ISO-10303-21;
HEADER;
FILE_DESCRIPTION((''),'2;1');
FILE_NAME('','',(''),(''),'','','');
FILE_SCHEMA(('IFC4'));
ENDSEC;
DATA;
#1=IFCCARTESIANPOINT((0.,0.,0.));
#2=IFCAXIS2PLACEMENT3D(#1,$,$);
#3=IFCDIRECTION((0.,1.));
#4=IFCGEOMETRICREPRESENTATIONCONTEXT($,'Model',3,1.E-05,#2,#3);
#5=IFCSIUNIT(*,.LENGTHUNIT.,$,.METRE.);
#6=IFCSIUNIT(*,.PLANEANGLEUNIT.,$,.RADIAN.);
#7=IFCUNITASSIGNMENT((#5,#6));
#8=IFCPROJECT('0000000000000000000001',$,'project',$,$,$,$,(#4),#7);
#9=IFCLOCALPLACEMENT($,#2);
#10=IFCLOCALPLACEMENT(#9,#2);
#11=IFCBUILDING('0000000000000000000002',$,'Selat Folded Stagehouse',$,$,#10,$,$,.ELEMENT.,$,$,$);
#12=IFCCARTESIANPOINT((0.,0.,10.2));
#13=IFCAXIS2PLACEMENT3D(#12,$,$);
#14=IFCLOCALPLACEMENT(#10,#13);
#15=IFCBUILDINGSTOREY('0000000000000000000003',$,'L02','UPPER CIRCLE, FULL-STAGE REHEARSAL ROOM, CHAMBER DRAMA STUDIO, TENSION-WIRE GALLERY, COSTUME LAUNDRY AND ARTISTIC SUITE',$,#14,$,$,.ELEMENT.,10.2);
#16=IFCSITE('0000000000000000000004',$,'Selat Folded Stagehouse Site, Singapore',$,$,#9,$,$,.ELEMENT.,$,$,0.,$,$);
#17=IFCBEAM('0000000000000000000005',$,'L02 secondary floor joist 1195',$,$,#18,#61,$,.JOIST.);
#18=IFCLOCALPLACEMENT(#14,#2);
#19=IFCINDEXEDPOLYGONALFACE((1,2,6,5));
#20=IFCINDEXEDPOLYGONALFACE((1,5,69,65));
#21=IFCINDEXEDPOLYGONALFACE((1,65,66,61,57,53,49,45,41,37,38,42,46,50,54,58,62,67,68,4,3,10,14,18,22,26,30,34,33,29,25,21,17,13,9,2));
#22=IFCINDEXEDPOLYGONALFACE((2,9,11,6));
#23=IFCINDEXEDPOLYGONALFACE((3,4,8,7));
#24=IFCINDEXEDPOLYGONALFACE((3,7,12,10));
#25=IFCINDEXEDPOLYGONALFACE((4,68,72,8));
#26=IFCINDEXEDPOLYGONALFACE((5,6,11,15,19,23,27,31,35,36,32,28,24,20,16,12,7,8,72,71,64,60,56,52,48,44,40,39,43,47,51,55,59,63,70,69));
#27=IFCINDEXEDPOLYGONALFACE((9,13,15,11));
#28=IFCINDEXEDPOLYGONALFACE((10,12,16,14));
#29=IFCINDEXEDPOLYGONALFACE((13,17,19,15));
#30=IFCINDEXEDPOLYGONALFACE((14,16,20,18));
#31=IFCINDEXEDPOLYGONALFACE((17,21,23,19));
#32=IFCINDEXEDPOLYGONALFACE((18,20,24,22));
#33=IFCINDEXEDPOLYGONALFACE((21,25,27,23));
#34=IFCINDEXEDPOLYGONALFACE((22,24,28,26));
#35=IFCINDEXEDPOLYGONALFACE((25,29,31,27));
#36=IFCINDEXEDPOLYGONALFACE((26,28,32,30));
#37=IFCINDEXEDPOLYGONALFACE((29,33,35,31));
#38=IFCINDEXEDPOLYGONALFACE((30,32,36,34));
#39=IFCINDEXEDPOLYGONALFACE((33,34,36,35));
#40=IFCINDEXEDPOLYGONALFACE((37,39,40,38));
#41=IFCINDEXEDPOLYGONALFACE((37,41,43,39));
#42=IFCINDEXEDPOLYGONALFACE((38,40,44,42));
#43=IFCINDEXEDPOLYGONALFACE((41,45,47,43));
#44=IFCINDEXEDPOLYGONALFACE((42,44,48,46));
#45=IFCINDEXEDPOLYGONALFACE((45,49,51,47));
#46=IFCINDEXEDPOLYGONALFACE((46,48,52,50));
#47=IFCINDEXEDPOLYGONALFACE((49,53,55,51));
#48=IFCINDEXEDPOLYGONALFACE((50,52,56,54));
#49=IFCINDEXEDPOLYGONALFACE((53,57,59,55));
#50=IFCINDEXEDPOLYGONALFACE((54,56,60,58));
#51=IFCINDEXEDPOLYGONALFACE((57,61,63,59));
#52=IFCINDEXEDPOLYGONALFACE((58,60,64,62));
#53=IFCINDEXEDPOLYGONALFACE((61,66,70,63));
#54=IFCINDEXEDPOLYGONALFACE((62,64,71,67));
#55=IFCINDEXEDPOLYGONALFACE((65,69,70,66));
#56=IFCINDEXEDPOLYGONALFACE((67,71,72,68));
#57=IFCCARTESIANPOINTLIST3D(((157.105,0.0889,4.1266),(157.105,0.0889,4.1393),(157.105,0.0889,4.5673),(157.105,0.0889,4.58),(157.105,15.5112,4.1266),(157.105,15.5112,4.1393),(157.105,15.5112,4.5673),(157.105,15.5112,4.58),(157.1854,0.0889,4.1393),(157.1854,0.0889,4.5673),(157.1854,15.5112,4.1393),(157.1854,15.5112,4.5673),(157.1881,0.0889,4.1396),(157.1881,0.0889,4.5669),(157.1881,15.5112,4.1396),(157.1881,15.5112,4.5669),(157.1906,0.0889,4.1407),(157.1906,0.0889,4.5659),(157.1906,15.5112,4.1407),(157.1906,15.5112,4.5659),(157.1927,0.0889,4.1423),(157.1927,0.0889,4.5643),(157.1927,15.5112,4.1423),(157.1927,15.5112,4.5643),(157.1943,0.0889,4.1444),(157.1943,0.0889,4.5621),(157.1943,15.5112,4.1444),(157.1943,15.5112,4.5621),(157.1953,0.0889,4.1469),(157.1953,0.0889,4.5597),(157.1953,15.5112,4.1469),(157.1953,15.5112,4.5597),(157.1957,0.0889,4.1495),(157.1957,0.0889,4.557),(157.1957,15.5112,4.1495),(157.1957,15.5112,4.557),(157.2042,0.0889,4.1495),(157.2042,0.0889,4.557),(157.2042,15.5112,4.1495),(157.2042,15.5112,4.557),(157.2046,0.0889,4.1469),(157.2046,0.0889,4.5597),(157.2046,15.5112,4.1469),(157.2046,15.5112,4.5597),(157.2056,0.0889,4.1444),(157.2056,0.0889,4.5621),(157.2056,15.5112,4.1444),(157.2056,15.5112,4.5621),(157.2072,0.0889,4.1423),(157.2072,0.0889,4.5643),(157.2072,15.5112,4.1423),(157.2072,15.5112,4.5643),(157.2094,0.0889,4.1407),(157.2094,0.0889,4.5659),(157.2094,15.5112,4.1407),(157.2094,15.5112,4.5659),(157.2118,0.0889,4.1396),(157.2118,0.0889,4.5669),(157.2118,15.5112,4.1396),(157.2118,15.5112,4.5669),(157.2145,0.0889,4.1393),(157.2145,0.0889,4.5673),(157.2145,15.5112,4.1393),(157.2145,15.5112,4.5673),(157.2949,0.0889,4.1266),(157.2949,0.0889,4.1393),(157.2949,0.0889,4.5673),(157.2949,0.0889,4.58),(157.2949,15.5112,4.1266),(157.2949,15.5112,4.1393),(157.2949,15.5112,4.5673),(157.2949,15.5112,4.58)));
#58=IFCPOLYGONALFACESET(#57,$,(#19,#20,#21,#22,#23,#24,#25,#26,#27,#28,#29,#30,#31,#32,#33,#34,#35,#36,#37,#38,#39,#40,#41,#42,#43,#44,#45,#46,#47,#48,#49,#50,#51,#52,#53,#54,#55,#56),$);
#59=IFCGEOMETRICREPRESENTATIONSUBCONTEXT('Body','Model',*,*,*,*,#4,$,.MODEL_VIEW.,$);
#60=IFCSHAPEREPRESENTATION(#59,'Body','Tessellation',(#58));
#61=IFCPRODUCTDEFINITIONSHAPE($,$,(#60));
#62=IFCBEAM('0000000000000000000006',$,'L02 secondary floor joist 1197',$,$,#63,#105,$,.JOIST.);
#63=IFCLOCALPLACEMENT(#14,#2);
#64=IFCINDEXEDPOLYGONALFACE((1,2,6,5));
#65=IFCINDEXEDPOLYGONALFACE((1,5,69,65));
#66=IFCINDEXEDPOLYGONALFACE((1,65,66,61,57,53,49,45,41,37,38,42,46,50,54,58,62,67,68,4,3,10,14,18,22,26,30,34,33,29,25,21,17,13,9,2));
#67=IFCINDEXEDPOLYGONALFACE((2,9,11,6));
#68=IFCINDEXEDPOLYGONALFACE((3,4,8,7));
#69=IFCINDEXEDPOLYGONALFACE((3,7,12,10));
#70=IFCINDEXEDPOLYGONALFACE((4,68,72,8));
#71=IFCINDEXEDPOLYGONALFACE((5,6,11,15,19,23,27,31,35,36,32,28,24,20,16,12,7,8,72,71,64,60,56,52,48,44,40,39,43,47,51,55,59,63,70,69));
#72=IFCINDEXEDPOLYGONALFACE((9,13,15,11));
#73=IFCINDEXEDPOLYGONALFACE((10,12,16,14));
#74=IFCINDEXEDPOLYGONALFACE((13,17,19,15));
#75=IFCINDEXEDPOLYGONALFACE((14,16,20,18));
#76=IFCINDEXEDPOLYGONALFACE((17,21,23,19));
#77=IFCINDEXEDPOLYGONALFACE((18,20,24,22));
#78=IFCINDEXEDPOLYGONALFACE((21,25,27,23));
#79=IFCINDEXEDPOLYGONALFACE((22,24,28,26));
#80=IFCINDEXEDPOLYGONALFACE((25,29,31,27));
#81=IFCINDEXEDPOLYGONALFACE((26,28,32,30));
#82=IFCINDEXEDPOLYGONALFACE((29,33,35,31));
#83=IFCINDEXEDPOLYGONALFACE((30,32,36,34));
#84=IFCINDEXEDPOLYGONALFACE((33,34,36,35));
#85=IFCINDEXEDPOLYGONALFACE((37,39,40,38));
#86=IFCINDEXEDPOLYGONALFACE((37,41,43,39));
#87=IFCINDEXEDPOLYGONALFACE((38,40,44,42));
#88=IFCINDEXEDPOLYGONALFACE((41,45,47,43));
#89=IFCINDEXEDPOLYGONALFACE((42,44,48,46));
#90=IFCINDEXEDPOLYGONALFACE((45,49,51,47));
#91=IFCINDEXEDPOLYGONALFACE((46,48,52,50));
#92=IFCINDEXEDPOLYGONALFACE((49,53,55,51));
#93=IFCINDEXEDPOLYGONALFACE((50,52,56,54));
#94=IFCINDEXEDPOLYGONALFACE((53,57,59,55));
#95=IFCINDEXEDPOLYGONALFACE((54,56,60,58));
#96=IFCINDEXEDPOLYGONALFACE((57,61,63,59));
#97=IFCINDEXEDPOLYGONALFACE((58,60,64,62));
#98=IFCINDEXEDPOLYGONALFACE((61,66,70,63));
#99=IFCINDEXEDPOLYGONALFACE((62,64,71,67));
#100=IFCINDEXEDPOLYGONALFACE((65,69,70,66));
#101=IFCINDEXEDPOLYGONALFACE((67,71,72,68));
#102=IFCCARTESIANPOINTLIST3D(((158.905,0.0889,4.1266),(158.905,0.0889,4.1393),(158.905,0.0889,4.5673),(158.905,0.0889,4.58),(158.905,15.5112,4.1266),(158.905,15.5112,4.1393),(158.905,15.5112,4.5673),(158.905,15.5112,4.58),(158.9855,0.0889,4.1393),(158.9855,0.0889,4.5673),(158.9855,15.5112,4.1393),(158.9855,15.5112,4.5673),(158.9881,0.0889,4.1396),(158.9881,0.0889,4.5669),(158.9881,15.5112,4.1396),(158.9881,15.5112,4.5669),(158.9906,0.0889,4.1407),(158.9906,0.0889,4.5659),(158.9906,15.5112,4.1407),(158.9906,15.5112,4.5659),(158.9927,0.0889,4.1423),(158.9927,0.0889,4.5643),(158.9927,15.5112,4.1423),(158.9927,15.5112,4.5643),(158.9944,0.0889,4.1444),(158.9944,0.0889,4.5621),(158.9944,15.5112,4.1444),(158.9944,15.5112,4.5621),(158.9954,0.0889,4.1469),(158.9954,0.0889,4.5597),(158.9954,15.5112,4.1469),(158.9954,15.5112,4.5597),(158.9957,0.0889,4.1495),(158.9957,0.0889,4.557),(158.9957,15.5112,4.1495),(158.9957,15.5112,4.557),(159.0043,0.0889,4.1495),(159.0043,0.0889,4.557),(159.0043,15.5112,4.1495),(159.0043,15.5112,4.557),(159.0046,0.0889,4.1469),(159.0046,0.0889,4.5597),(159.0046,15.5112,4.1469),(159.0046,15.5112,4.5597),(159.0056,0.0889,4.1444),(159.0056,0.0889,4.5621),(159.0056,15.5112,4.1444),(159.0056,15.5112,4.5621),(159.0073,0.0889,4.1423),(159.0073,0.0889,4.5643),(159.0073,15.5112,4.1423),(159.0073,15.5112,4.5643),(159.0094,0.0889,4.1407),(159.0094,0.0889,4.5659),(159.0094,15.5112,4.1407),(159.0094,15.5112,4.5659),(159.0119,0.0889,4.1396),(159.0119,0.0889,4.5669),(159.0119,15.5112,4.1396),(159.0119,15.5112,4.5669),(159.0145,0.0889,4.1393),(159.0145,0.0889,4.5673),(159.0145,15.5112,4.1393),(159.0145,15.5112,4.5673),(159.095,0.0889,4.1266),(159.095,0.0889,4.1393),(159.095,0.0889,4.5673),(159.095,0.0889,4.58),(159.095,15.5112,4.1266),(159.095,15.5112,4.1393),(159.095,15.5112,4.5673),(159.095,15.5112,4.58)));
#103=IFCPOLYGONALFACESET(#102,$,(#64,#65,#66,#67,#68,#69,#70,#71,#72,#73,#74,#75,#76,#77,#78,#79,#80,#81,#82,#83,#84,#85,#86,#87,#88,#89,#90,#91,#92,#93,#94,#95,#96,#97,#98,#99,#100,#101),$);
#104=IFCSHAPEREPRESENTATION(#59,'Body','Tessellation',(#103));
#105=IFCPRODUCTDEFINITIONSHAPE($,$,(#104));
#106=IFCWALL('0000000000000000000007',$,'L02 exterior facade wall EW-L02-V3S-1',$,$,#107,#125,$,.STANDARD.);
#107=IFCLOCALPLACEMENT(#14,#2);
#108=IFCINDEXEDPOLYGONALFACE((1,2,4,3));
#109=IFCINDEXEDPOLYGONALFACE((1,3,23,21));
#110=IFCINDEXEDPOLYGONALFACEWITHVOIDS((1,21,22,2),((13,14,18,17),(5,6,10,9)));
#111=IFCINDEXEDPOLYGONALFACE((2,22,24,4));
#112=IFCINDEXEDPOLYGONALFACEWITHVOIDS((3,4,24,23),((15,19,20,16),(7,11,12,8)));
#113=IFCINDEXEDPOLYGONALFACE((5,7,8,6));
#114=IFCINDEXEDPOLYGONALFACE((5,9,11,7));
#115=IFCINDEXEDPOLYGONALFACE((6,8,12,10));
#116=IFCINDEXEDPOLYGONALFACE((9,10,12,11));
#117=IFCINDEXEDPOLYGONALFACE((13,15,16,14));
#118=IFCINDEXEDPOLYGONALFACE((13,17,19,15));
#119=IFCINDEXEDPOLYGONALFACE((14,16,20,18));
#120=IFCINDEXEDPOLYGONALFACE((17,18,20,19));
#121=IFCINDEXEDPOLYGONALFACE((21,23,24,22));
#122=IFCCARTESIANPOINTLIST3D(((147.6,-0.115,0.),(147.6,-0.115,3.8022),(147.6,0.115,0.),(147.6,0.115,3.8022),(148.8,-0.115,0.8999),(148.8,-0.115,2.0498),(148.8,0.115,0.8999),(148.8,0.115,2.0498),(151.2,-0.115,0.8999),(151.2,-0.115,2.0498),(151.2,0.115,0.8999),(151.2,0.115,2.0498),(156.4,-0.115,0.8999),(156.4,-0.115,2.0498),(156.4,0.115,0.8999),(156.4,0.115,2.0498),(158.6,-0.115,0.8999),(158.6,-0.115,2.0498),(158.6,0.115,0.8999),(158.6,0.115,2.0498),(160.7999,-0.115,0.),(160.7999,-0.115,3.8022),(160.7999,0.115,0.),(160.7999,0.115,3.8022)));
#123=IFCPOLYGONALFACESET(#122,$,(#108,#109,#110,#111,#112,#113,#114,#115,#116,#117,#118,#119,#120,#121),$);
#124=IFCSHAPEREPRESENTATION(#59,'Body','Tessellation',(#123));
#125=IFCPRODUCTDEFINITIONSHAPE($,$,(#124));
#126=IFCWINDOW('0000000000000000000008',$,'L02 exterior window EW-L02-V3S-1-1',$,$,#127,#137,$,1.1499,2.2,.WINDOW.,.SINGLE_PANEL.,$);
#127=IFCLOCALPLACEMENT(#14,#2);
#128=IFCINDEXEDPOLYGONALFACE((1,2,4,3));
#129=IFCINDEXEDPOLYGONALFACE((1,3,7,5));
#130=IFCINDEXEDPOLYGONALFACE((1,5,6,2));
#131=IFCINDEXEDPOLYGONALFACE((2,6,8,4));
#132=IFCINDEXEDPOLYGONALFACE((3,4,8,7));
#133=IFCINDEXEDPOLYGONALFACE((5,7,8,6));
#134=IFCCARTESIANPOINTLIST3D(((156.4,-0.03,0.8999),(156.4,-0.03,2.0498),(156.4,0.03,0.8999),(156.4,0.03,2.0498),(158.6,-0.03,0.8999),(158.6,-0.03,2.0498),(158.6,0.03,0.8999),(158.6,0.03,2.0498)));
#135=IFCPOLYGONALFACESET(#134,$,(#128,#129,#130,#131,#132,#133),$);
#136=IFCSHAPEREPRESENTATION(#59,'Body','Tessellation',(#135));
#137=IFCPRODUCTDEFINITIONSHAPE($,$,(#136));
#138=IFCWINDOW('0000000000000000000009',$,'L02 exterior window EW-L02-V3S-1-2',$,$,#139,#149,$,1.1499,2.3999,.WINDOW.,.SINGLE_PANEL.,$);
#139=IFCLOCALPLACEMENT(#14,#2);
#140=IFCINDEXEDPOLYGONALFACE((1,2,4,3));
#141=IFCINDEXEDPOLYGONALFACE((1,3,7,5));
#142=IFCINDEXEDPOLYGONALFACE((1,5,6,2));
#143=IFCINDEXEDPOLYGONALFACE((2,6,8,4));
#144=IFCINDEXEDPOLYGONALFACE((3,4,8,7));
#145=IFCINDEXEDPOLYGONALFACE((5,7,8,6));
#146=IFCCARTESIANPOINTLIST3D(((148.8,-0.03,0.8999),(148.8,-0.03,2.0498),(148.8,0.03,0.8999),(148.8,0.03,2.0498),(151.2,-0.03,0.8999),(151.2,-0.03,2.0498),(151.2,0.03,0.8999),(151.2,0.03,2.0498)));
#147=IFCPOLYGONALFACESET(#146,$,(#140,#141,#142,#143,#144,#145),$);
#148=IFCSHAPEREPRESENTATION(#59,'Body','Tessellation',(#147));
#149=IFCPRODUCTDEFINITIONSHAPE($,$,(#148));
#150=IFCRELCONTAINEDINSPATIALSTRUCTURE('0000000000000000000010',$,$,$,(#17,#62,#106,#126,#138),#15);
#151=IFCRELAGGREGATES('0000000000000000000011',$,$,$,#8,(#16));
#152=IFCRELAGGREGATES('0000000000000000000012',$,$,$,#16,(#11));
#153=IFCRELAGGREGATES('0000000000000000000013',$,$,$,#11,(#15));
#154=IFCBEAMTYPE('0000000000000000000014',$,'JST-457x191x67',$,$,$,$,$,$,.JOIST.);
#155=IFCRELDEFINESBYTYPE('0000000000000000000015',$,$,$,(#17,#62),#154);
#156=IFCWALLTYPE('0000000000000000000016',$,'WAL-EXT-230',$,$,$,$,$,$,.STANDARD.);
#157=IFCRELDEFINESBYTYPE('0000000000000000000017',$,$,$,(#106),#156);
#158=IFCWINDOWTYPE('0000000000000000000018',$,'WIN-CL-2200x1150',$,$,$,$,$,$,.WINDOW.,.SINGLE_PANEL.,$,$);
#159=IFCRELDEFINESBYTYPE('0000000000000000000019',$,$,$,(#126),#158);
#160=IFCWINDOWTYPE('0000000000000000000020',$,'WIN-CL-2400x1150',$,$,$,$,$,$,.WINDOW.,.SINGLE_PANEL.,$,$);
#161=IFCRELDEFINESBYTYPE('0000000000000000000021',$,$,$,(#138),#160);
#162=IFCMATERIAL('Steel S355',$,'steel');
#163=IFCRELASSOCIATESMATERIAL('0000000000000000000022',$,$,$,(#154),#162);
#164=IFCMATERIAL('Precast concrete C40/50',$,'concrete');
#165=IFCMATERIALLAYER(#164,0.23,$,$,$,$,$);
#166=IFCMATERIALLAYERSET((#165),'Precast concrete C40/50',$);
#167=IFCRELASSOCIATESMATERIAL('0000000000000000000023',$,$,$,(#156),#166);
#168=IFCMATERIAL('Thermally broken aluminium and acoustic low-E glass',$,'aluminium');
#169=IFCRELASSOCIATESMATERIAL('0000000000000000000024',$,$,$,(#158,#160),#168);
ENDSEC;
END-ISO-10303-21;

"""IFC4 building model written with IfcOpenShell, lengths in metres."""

from ifc_helpers import new_model, si_unit, direction, frame, frame_2d, origin, origin_2d, place, context, subcontext, project, spatial, rectangle, i_section, extrude, material, layer, layer_set, material_profile, profile_set, type_object, element, fill, save


model = new_model("IFC4")

# Units and contexts
model_context = context("Model", 3, precision=1e-05, world=origin(), true_north=direction((0.0, 1.0)))
body_context = subcontext(model_context, "Body", "Model", "MODEL_VIEW")
ifc_project = project(units=[si_unit("LENGTHUNIT", "METRE"), si_unit("PLANEANGLEUNIT", "RADIAN")], contexts=[model_context])

# Site, building, storey
site_placement = place(None, origin())
site = spatial("IfcSite", under=ifc_project, at=site_placement, Name="Selat Folded Stagehouse Site, Singapore", CompositionType="ELEMENT", RefElevation=0.0)
building_placement = place(site_placement, origin())
building = spatial("IfcBuilding", under=site, at=building_placement, Name="Selat Folded Stagehouse", CompositionType="ELEMENT")
storey_placement = place(building_placement, frame((0.0, 0.0, 10.2)))
storey = spatial("IfcBuildingStorey", under=building, at=storey_placement, Name="L02", Description="UPPER CIRCLE, FULL-STAGE REHEARSAL ROOM, CHAMBER DRAMA STUDIO, TENSION-WIRE GALLERY, COSTUME LAUNDRY AND ARTISTIC SUITE", CompositionType="ELEMENT", Elevation=10.2)

# Shared definitions
ifc_material_1 = material(Name="Steel S355", Category="steel")

# Beams
ifc_material_profile_1 = material_profile(ifc_material_1, i_section(OverallWidth=0.1899, OverallDepth=0.4534, WebThickness=0.0085, FlangeThickness=0.0127, FilletRadius=0.0103, at=origin_2d()), Name="UKB 457x191x67")
ifc_profile_set_1 = profile_set([ifc_material_profile_1], Name="Steel S355")
beam_type_1 = type_object("IfcBeamType", Name="JST-457x191x67", PredefinedType="JOIST", material=ifc_profile_set_1)
for number, where, z_axis, x_axis, name in (
    (1, (157.2, 0.0889, 4.3533), (0.0, 1.0, 0.0), (-1.0, 0.0, 0.0), "L02 secondary floor joist 1195"),
    (2, (159.0, 0.0889, 4.3533), (0.0, 1.0, 0.0), (-1.0, 0.0, 0.0), "L02 secondary floor joist 1197"),
):
    element("IfcBeam", number, at=place(storey_placement, frame(where, z_axis=z_axis, x_axis=x_axis)), inside=storey, type_object=beam_type_1, Name=name, PredefinedType="JOIST", context=body_context, shape_type="SweptSolid", body=[
        extrude(i_section(OverallWidth=0.1899, OverallDepth=0.4534, WebThickness=0.0085, FlangeThickness=0.0127, FilletRadius=0.0103, at=origin_2d()), origin(), (0.0, 0.0, 1.0), 15.4224),
    ])

# Wall, openings, windows
ifc_material_2 = material(Name="Precast concrete C40/50", Category="concrete")
ifc_layer_1 = layer(ifc_material_2, 0.23)
ifc_layer_set_1 = layer_set([ifc_layer_1], Name="Precast concrete C40/50")
wall_type_1 = type_object("IfcWallType", Name="WAL-EXT-230", PredefinedType="STANDARD", material=ifc_layer_set_1)
wall_1_placement = place(storey_placement, frame((160.8, 0.0, 0.0), z_axis=(0.0, 0.0, 1.0), x_axis=(-1.0, 0.0, 0.0)))
wall_1 = element("IfcWall", 3, at=wall_1_placement, inside=storey, type_object=wall_type_1, Name="L02 exterior facade wall EW-L02-V3S-1", PredefinedType="STANDARD", context=body_context, shape_type="SweptSolid", body=[
    extrude(rectangle(XDim=13.2, YDim=0.23, at=frame_2d((6.6001, 0.0))), origin(), (0.0, 0.0, 1.0), 3.8022),
])
opening_1_placement = place(wall_1_placement, frame((2.2, 0.0, 0.8999)))
opening_1 = element("IfcOpeningElement", 4, at=opening_1_placement, cuts=wall_1, PredefinedType="OPENING", context=body_context, shape_type="SweptSolid", body=[
    extrude(rectangle(XDim=2.2, YDim=1.1499, at=frame_2d((1.1001, 0.575))), frame((0.0, 0.125, 0.0), z_axis=(0.0, -1.0, 0.0), x_axis=(1.0, 0.0, 0.0)), (0.0, 0.0, 1.0), 0.25),
])
opening_2_placement = place(wall_1_placement, frame((9.6001, 0.0, 0.8999)))
opening_2 = element("IfcOpeningElement", 5, at=opening_2_placement, cuts=wall_1, PredefinedType="OPENING", context=body_context, shape_type="SweptSolid", body=[
    extrude(rectangle(XDim=2.3999, YDim=1.1499, at=frame_2d((1.2, 0.575))), frame((0.0, 0.125, 0.0), z_axis=(0.0, -1.0, 0.0), x_axis=(1.0, 0.0, 0.0)), (0.0, 0.0, 1.0), 0.25),
])
ifc_material_3 = material(Name="Thermally broken aluminium and acoustic low-E glass", Category="aluminium")
window_type_1 = type_object("IfcWindowType", Name="WIN-CL-2200x1150", PartitioningType="SINGLE_PANEL", PredefinedType="WINDOW", material=ifc_material_3)
window_1_placement = place(opening_1_placement, origin())
window_1 = element("IfcWindow", 6, at=window_1_placement, inside=storey, type_object=window_type_1, Name="L02 exterior window EW-L02-V3S-1-1", OverallHeight=1.1499, OverallWidth=2.2, PartitioningType="SINGLE_PANEL", PredefinedType="WINDOW", context=body_context, shape_type="SweptSolid", body=[
    extrude(rectangle(XDim=2.2, YDim=1.1499, at=frame_2d((1.1001, 0.575))), frame((0.0, 0.03, 0.0), z_axis=(0.0, -1.0, 0.0), x_axis=(1.0, 0.0, 0.0)), (0.0, 0.0, 1.0), 0.0601),
])
fill(opening_1, window_1)
window_type_2 = type_object("IfcWindowType", Name="WIN-CL-2400x1150", PartitioningType="SINGLE_PANEL", PredefinedType="WINDOW", material=ifc_material_3)
window_2_placement = place(opening_2_placement, origin())
window_2 = element("IfcWindow", 7, at=window_2_placement, inside=storey, type_object=window_type_2, Name="L02 exterior window EW-L02-V3S-1-2", OverallHeight=1.1499, OverallWidth=2.3999, PartitioningType="SINGLE_PANEL", PredefinedType="WINDOW", context=body_context, shape_type="SweptSolid", body=[
    extrude(rectangle(XDim=2.3999, YDim=1.1499, at=frame_2d((1.2, 0.575))), frame((0.0, 0.03, 0.0), z_axis=(0.0, -1.0, 0.0), x_axis=(1.0, 0.0, 0.0)), (0.0, 0.0, 1.0), 0.0601),
])
fill(opening_2, window_2)

save(model, "model.ifc")
